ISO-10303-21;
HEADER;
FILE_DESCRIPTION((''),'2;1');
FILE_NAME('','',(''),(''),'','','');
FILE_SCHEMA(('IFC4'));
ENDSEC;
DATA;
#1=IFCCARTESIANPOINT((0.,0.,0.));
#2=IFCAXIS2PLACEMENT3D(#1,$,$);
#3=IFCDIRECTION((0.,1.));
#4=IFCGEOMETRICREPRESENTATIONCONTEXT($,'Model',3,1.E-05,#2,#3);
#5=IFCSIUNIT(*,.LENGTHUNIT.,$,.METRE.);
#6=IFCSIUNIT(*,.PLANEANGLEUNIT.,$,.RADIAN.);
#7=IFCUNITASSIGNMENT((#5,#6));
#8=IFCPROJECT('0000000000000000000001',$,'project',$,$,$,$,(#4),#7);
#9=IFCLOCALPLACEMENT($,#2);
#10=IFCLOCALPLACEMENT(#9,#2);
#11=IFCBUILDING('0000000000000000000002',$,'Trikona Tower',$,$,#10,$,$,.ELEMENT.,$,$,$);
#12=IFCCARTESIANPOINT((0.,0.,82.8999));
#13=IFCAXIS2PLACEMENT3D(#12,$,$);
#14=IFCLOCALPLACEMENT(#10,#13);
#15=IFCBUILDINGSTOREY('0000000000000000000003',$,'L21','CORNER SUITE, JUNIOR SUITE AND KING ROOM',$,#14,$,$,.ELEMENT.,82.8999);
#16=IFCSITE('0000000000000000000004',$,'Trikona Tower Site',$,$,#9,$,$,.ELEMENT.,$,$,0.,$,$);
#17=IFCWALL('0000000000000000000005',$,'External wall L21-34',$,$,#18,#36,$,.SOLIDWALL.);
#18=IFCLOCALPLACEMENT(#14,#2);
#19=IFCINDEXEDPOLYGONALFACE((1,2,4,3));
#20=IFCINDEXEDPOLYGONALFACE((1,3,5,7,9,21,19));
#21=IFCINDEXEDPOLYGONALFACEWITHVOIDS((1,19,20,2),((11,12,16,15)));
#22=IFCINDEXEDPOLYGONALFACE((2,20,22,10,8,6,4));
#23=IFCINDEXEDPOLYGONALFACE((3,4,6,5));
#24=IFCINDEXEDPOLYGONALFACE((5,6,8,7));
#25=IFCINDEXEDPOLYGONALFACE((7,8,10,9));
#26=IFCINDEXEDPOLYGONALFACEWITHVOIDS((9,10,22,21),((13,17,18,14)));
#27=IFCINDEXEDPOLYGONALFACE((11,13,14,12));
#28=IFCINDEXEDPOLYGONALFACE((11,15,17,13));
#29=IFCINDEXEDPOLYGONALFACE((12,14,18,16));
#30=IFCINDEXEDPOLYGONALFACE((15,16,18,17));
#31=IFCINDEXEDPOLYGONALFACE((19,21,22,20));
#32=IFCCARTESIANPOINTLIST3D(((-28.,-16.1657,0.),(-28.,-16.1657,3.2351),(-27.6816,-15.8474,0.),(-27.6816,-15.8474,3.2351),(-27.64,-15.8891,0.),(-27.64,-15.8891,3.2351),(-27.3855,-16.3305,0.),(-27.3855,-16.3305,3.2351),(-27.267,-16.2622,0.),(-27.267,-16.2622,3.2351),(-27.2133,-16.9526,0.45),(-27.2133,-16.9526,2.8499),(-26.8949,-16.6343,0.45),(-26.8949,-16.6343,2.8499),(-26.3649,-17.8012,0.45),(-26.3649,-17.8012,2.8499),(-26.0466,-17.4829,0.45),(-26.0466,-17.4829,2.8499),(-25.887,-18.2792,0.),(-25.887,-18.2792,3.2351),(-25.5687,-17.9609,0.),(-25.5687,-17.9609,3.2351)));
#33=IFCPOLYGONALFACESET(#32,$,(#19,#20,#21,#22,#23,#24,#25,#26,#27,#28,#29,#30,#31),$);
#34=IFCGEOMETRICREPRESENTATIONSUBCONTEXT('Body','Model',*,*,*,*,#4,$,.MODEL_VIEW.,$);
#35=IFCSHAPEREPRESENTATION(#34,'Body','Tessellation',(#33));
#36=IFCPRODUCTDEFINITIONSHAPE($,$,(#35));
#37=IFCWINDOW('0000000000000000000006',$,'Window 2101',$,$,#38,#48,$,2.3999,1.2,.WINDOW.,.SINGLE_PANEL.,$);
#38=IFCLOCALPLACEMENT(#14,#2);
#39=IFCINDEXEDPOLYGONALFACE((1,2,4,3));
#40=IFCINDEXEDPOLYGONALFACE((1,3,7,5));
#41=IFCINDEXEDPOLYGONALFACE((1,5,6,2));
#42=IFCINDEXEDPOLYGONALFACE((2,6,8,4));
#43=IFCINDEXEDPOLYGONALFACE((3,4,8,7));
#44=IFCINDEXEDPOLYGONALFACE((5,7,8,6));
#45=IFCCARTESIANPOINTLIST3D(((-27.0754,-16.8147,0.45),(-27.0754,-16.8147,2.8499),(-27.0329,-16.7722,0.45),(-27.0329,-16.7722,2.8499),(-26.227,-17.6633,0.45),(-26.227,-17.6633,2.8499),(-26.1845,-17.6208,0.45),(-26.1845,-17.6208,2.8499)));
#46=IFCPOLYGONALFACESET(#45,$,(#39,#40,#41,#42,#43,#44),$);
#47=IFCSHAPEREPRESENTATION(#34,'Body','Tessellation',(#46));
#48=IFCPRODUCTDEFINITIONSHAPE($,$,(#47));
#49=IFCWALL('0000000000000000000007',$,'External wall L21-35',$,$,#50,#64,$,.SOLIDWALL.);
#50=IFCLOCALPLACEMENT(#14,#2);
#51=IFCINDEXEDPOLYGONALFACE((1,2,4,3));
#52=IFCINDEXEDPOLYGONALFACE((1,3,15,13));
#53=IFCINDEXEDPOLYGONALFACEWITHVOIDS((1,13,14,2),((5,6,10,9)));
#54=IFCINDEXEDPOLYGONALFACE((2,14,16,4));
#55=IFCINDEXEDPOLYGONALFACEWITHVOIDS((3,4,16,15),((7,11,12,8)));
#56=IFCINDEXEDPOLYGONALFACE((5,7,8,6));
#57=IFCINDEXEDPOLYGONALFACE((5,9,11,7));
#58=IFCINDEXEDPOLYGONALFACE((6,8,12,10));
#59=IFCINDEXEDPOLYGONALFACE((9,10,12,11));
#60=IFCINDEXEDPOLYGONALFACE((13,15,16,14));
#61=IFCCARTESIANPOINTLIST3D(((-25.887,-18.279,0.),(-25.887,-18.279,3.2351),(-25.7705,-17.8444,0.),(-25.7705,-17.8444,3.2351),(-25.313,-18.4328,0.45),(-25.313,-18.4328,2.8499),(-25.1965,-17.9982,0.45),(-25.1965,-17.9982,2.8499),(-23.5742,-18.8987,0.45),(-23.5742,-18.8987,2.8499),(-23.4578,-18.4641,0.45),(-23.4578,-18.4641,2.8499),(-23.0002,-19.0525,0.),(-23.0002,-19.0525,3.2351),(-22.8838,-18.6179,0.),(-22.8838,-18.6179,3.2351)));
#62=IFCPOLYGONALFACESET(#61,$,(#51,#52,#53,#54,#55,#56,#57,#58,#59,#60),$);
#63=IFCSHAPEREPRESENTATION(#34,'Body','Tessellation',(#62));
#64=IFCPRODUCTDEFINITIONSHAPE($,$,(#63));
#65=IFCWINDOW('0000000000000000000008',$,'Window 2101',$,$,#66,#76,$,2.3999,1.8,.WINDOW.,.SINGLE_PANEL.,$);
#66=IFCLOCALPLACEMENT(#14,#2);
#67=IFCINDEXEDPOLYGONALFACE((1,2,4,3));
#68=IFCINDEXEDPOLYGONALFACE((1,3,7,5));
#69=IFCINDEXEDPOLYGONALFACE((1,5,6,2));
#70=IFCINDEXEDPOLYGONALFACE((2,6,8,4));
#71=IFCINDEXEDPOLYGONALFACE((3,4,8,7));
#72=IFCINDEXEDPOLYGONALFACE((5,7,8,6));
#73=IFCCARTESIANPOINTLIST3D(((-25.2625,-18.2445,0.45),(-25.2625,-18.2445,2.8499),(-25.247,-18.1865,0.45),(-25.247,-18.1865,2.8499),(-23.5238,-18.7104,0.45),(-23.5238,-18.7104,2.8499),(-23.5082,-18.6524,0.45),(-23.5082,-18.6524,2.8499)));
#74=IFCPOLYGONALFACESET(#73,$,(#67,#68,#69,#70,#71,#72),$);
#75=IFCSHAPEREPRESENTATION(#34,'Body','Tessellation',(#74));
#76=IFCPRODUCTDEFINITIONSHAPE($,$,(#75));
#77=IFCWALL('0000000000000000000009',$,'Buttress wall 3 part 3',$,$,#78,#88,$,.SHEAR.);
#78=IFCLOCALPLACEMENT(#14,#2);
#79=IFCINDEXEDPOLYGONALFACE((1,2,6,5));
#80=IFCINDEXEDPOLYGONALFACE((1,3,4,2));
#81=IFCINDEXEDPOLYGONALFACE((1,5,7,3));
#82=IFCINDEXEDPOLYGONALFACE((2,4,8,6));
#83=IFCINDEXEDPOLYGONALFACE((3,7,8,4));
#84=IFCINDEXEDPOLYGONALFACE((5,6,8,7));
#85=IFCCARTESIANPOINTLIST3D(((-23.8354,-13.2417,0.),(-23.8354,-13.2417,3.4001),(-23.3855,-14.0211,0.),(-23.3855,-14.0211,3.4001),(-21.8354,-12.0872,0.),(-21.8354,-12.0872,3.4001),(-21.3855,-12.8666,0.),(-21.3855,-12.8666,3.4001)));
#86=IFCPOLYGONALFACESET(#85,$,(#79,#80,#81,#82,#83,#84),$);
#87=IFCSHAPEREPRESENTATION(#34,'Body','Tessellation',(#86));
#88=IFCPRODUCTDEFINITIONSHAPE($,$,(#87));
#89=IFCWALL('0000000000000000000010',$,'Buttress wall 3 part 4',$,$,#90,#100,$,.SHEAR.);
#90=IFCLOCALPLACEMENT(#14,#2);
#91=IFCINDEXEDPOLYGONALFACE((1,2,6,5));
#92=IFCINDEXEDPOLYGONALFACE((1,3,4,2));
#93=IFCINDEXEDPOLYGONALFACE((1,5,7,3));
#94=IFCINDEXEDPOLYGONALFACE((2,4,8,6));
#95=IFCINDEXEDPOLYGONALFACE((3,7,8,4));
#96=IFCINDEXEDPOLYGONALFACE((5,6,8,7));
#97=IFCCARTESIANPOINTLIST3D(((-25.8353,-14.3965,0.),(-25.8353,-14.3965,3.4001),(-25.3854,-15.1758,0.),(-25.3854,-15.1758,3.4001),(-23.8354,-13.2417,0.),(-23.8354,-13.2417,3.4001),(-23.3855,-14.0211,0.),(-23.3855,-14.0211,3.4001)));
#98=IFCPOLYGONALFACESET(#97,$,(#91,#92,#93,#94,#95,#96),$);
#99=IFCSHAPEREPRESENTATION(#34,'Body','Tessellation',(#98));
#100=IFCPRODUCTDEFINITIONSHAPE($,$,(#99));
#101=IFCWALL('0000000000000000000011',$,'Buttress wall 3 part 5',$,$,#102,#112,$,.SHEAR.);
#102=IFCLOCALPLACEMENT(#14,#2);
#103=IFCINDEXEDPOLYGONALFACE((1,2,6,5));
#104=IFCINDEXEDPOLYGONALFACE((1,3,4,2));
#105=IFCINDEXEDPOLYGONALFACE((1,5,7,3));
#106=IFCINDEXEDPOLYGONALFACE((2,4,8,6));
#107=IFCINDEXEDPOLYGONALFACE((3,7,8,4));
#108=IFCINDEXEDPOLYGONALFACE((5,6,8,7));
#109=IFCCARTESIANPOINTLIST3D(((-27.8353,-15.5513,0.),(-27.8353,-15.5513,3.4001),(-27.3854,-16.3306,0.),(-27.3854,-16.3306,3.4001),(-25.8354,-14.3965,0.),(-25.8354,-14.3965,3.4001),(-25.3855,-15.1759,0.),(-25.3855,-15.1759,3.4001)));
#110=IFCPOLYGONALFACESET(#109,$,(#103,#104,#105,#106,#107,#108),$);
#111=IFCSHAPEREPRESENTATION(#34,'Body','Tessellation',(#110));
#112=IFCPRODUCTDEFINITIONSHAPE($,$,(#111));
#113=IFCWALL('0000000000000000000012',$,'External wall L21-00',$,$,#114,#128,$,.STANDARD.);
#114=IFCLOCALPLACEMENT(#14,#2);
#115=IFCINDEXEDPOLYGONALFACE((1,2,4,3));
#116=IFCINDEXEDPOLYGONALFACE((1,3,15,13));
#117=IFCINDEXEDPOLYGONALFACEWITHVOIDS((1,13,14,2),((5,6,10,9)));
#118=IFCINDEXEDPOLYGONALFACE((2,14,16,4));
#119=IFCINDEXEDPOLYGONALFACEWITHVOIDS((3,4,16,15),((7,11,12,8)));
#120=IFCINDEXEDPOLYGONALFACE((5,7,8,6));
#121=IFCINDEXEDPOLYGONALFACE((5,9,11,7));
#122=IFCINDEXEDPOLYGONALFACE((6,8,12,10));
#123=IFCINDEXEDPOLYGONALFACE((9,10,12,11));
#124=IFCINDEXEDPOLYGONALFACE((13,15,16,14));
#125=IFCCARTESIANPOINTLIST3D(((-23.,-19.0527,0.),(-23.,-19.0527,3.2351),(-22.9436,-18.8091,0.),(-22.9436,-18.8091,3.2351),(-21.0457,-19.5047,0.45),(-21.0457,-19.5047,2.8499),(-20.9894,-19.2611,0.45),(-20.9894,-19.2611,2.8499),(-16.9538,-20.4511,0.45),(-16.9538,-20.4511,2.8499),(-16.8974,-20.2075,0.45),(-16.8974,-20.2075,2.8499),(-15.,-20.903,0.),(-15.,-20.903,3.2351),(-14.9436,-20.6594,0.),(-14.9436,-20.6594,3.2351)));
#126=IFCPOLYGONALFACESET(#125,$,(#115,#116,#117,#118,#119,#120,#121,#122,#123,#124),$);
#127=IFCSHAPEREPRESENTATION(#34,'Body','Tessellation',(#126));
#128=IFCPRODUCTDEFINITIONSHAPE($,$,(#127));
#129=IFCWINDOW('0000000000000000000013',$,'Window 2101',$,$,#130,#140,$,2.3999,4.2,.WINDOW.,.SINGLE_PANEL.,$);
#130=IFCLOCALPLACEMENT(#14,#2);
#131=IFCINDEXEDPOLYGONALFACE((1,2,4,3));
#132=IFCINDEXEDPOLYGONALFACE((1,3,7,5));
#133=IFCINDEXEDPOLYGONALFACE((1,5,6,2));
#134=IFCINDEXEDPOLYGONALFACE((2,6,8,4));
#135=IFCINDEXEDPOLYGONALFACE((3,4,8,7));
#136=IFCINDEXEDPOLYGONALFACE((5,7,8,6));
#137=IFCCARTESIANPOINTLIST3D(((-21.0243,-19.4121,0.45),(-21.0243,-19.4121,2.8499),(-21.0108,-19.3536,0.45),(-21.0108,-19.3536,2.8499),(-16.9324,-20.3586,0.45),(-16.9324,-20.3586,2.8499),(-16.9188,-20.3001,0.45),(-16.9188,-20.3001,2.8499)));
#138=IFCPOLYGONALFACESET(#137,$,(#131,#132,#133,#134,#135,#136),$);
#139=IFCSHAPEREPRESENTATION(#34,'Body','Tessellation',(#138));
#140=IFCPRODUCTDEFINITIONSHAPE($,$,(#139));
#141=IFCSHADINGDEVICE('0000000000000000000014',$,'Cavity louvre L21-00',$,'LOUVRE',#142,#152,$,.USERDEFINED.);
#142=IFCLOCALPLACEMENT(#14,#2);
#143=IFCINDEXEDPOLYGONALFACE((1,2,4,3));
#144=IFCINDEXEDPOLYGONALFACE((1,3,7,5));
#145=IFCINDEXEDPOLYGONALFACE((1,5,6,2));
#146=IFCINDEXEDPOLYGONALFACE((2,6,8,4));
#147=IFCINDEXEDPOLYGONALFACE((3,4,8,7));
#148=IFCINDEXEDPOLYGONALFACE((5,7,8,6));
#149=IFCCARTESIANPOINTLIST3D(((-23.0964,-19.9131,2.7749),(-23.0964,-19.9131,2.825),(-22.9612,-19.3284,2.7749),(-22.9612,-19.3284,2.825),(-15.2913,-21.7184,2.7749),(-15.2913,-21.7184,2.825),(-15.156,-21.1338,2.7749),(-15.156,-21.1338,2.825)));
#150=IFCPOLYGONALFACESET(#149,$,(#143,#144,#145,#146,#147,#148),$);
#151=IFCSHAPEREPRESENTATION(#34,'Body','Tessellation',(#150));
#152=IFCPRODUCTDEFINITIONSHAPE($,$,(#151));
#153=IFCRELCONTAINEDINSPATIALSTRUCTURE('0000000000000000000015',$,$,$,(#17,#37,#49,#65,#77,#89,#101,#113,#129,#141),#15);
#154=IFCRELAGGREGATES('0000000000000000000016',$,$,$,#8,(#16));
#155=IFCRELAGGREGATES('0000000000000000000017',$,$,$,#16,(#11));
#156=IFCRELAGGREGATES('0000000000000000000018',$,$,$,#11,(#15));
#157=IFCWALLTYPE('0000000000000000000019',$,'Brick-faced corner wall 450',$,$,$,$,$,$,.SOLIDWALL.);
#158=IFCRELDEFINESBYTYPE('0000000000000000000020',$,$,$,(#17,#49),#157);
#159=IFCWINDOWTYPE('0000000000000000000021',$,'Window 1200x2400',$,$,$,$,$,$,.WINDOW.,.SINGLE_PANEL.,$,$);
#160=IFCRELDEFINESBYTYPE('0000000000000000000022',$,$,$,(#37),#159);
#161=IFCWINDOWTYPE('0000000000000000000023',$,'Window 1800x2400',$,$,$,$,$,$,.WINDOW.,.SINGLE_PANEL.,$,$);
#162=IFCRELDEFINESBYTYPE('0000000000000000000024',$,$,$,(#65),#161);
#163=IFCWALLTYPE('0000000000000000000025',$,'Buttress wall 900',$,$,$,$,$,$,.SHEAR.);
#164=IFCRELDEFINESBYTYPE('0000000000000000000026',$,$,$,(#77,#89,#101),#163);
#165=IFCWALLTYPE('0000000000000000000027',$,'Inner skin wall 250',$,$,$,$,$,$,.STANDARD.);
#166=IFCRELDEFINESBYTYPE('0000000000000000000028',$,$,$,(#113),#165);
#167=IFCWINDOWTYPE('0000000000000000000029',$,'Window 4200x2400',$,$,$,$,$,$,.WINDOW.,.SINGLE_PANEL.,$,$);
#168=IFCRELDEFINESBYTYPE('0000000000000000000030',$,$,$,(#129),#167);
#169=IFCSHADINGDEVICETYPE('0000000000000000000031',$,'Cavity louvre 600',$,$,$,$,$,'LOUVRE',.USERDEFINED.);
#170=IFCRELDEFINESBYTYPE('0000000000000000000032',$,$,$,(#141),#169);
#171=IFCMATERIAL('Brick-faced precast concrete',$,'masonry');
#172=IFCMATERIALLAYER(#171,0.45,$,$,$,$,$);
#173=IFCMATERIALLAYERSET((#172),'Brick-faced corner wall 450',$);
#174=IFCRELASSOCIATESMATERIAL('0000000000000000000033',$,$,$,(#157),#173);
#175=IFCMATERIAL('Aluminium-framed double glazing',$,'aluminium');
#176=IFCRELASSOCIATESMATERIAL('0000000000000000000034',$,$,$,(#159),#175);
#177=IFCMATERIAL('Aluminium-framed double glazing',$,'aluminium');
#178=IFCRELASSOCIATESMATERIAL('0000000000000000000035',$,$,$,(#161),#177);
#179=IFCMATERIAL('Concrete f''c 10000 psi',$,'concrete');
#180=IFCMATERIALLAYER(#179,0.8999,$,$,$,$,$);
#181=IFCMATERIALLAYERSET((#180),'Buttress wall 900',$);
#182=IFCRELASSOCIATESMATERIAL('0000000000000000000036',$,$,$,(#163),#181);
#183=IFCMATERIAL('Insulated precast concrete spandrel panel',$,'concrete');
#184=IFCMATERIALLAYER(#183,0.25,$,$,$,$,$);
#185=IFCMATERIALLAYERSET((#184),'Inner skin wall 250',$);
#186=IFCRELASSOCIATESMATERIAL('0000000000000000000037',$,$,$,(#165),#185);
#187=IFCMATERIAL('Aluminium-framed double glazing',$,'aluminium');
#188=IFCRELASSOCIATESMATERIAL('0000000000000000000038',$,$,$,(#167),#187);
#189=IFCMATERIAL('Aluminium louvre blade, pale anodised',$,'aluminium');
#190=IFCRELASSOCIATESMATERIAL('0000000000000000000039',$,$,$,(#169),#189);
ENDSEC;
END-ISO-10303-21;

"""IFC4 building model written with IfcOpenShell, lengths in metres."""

from ifc_helpers import new_model, si_unit, direction, frame, frame_2d, origin, origin_2d, place, context, subcontext, project, spatial, polyline, rectangle, outline, extrude, material, layer, layer_set, type_object, element, fill, save


model = new_model("IFC4")

# Units and contexts
model_context = context("Model", 3, precision=1e-05, world=origin(), true_north=direction((0.0, 1.0)))
body_context = subcontext(model_context, "Body", "Model", "MODEL_VIEW")
ifc_project = project(units=[si_unit("LENGTHUNIT", "METRE"), si_unit("PLANEANGLEUNIT", "RADIAN")], contexts=[model_context])

# Site, building, storey
site_placement = place(None, origin())
site = spatial("IfcSite", under=ifc_project, at=site_placement, Name="Trikona Tower Site", CompositionType="ELEMENT", RefElevation=0.0)
building_placement = place(site_placement, origin())
building = spatial("IfcBuilding", under=site, at=building_placement, Name="Trikona Tower", CompositionType="ELEMENT")
storey_placement = place(building_placement, frame((0.0, 0.0, 82.8999)))
storey = spatial("IfcBuildingStorey", under=building, at=storey_placement, Name="L21", Description="CORNER SUITE, JUNIOR SUITE AND KING ROOM", CompositionType="ELEMENT", Elevation=82.8999)

# Walls, openings, windows
ifc_material_1 = material(Name="Brick-faced precast concrete", Category="masonry")
ifc_layer_1 = layer(ifc_material_1, 0.45)
ifc_layer_set_1 = layer_set([ifc_layer_1], Name="Brick-faced corner wall 450")
wall_type_1 = type_object("IfcWallType", Name="Brick-faced corner wall 450", PredefinedType="SOLIDWALL", material=ifc_layer_set_1)
ifc_material_2 = material(Name="Aluminium-framed double glazing", Category="aluminium")
window_type_1 = type_object("IfcWindowType", Name="Window 1200x2400", PartitioningType="SINGLE_PANEL", PredefinedType="WINDOW", material=ifc_material_2)
wall_1_placement = place(storey_placement, frame((-27.8408, -16.0066, 0.0), z_axis=(0.0, 0.0, 1.0), x_axis=(0.707025, -0.707188, 0.0)))
wall_1 = element("IfcWall", 1, at=wall_1_placement, inside=storey, type_object=wall_type_1, Name="External wall L21-34", PredefinedType="SOLIDWALL", context=body_context, shape_type="SweptSolid", body=[
    extrude(outline(polyline([(2.9885, 0.2251), (0.5864, 0.2251), (0.551, 0.093), (0.0588, 0.2251), (0.0, 0.2251), (0.0, -0.2251), (2.9885, -0.2251), (2.9885, 0.2251)])), origin(), (0.0, 0.0, 1.0), 3.2351),
])
opening_1_placement = place(wall_1_placement, frame((1.1125, 0.0, 0.45)))
opening_1 = element("IfcOpeningElement", 2, at=opening_1_placement, cuts=wall_1, PredefinedType="OPENING", context=body_context, shape_type="SweptSolid", body=[
    extrude(rectangle(XDim=1.2, YDim=2.3999, at=frame_2d((0.6001, 1.2))), frame((0.0, 0.2349, 0.0), z_axis=(0.0, -1.0, 0.0), x_axis=(1.0, 0.0, 0.0)), (0.0, 0.0, 1.0), 0.47),
])
window_1_placement = place(opening_1_placement, origin())
window_1 = element("IfcWindow", 3, at=window_1_placement, inside=storey, type_object=window_type_1, Name="Window 2101", OverallHeight=2.3999, OverallWidth=1.2, PartitioningType="SINGLE_PANEL", PredefinedType="WINDOW", context=body_context, shape_type="SweptSolid", body=[
    extrude(rectangle(XDim=1.2, YDim=2.3999, at=frame_2d((0.6001, 1.2))), frame((0.0, 0.03, 0.0), z_axis=(0.0, -1.0, 0.0), x_axis=(1.0, 0.0, 0.0)), (0.0, 0.0, 1.0), 0.0601),
])
fill(opening_1, window_1)
wall_2_placement = place(storey_placement, frame((-25.8286, -18.0618, 0.0), z_axis=(0.0, 0.0, 1.0), x_axis=(0.965931, -0.258801, 0.0)))
wall_2 = element("IfcWall", 4, at=wall_2_placement, inside=storey, type_object=wall_type_1, Name="External wall L21-35", PredefinedType="SOLIDWALL", context=body_context, shape_type="SweptSolid", body=[
    extrude(rectangle(XDim=2.9885, YDim=0.45, at=frame_2d((1.4941, 0.0))), origin(), (0.0, 0.0, 1.0), 3.2351),
])
opening_2_placement = place(wall_2_placement, frame((0.5942, 0.0, 0.45)))
opening_2 = element("IfcOpeningElement", 5, at=opening_2_placement, cuts=wall_2, PredefinedType="OPENING", context=body_context, shape_type="SweptSolid", body=[
    extrude(rectangle(XDim=1.8, YDim=2.3999, at=frame_2d((0.8999, 1.2))), frame((0.0, 0.2349, 0.0), z_axis=(0.0, -1.0, 0.0), x_axis=(1.0, 0.0, 0.0)), (0.0, 0.0, 1.0), 0.47),
])
ifc_material_3 = material(Name="Aluminium-framed double glazing", Category="aluminium")
window_type_2 = type_object("IfcWindowType", Name="Window 1800x2400", PartitioningType="SINGLE_PANEL", PredefinedType="WINDOW", material=ifc_material_3)
window_2_placement = place(opening_2_placement, origin())
window_2 = element("IfcWindow", 6, at=window_2_placement, inside=storey, type_object=window_type_2, Name="Window 2101", OverallHeight=2.3999, OverallWidth=1.8, PartitioningType="SINGLE_PANEL", PredefinedType="WINDOW", context=body_context, shape_type="SweptSolid", body=[
    extrude(rectangle(XDim=1.8, YDim=2.3999, at=frame_2d((0.8999, 1.2))), frame((0.0, 0.03, 0.0), z_axis=(0.0, -1.0, 0.0), x_axis=(1.0, 0.0, 0.0)), (0.0, 0.0, 1.0), 0.0601),
])
fill(opening_2, window_2)

# Walls
ifc_material_4 = material(Name="Concrete f'c 10000 psi", Category="concrete")
ifc_layer_2 = layer(ifc_material_4, 0.8999)
ifc_layer_set_2 = layer_set([ifc_layer_2], Name="Buttress wall 900")
wall_type_2 = type_object("IfcWallType", Name="Buttress wall 900", PredefinedType="SHEAR", material=ifc_layer_set_2)
for number, where, z_axis, x_axis, name in (
    (7, (-21.6104, -12.4768, 0.0), (0.0, 0.0, 1.0), (-0.866055, -0.499948, 0.0), "Buttress wall 3 part 3"),
    (8, (-23.6104, -13.6313, 0.0), (0.0, 0.0, 1.0), (-0.86601, -0.500027, 0.0), "Buttress wall 3 part 4"),
    (9, (-25.6104, -14.7861, 0.0), (0.0, 0.0, 1.0), (-0.86601, -0.500027, 0.0), "Buttress wall 3 part 5"),
):
    element("IfcWall", number, at=place(storey_placement, frame(where, z_axis=z_axis, x_axis=x_axis)), inside=storey, type_object=wall_type_2, Name=name, PredefinedType="SHEAR", context=body_context, shape_type="SweptSolid", body=[
        extrude(rectangle(XDim=2.3093, YDim=0.8999, at=frame_2d((1.1548, 0.0))), origin(), (0.0, 0.0, 1.0), 3.4001),
    ])

# Wall, opening, window
ifc_material_5 = material(Name="Insulated precast concrete spandrel panel", Category="concrete")
ifc_layer_3 = layer(ifc_material_5, 0.25)
ifc_layer_set_3 = layer_set([ifc_layer_3], Name="Inner skin wall 250")
wall_type_3 = type_object("IfcWallType", Name="Inner skin wall 250", PredefinedType="STANDARD", material=ifc_layer_set_3)
wall_3_placement = place(storey_placement, frame((-22.9717, -18.9309, 0.0), z_axis=(0.0, 0.0, 1.0), x_axis=(0.974279, -0.225344, 0.0)))
wall_3 = element("IfcWall", 10, at=wall_3_placement, inside=storey, type_object=wall_type_3, Name="External wall L21-00", PredefinedType="STANDARD", context=body_context, shape_type="SweptSolid", body=[
    extrude(rectangle(XDim=8.2112, YDim=0.25, at=frame_2d((4.1055, 0.0))), origin(), (0.0, 0.0, 1.0), 3.2351),
])
opening_3_placement = place(wall_3_placement, frame((2.0056, 0.0, 0.45)))
opening_3 = element("IfcOpeningElement", 11, at=opening_3_placement, cuts=wall_3, PredefinedType="OPENING", context=body_context, shape_type="SweptSolid", body=[
    extrude(rectangle(XDim=4.2, YDim=2.3999, at=frame_2d((2.1001, 1.2))), frame((0.0, 0.135, 0.0), z_axis=(0.0, -1.0, 0.0), x_axis=(1.0, 0.0, 0.0)), (0.0, 0.0, 1.0), 0.27),
])
ifc_material_6 = material(Name="Aluminium-framed double glazing", Category="aluminium")
window_type_3 = type_object("IfcWindowType", Name="Window 4200x2400", PartitioningType="SINGLE_PANEL", PredefinedType="WINDOW", material=ifc_material_6)
window_3_placement = place(opening_3_placement, origin())
window_3 = element("IfcWindow", 12, at=window_3_placement, inside=storey, type_object=window_type_3, Name="Window 2101", OverallHeight=2.3999, OverallWidth=4.2, PartitioningType="SINGLE_PANEL", PredefinedType="WINDOW", context=body_context, shape_type="SweptSolid", body=[
    extrude(rectangle(XDim=4.2, YDim=2.3999, at=frame_2d((2.1001, 1.2))), frame((0.0, 0.03, 0.0), z_axis=(0.0, -1.0, 0.0), x_axis=(1.0, 0.0, 0.0)), (0.0, 0.0, 1.0), 0.0601),
])
fill(opening_3, window_3)

# Shading device
ifc_material_7 = material(Name="Aluminium louvre blade, pale anodised", Category="aluminium")
shading_device_type = type_object("IfcShadingDeviceType", Name="Cavity louvre 600", ElementType="LOUVRE", PredefinedType="USERDEFINED", material=ifc_material_7)
shading_device_placement = place(storey_placement, frame((-19.1262, -20.5234, 2.7749), z_axis=(0.0, 0.0, 1.0), x_axis=(0.974278, -0.225351, 0.0)))
element("IfcShadingDevice", 13, at=shading_device_placement, inside=storey, type_object=shading_device_type, Name="Cavity louvre L21-00", ObjectType="LOUVRE", PredefinedType="USERDEFINED", context=body_context, shape_type="SweptSolid", body=[
    extrude(rectangle(XDim=8.0112, YDim=0.6001, at=origin_2d()), origin(), (0.0, 0.0, 1.0), 0.05),
])

save(model, "model.ifc")
